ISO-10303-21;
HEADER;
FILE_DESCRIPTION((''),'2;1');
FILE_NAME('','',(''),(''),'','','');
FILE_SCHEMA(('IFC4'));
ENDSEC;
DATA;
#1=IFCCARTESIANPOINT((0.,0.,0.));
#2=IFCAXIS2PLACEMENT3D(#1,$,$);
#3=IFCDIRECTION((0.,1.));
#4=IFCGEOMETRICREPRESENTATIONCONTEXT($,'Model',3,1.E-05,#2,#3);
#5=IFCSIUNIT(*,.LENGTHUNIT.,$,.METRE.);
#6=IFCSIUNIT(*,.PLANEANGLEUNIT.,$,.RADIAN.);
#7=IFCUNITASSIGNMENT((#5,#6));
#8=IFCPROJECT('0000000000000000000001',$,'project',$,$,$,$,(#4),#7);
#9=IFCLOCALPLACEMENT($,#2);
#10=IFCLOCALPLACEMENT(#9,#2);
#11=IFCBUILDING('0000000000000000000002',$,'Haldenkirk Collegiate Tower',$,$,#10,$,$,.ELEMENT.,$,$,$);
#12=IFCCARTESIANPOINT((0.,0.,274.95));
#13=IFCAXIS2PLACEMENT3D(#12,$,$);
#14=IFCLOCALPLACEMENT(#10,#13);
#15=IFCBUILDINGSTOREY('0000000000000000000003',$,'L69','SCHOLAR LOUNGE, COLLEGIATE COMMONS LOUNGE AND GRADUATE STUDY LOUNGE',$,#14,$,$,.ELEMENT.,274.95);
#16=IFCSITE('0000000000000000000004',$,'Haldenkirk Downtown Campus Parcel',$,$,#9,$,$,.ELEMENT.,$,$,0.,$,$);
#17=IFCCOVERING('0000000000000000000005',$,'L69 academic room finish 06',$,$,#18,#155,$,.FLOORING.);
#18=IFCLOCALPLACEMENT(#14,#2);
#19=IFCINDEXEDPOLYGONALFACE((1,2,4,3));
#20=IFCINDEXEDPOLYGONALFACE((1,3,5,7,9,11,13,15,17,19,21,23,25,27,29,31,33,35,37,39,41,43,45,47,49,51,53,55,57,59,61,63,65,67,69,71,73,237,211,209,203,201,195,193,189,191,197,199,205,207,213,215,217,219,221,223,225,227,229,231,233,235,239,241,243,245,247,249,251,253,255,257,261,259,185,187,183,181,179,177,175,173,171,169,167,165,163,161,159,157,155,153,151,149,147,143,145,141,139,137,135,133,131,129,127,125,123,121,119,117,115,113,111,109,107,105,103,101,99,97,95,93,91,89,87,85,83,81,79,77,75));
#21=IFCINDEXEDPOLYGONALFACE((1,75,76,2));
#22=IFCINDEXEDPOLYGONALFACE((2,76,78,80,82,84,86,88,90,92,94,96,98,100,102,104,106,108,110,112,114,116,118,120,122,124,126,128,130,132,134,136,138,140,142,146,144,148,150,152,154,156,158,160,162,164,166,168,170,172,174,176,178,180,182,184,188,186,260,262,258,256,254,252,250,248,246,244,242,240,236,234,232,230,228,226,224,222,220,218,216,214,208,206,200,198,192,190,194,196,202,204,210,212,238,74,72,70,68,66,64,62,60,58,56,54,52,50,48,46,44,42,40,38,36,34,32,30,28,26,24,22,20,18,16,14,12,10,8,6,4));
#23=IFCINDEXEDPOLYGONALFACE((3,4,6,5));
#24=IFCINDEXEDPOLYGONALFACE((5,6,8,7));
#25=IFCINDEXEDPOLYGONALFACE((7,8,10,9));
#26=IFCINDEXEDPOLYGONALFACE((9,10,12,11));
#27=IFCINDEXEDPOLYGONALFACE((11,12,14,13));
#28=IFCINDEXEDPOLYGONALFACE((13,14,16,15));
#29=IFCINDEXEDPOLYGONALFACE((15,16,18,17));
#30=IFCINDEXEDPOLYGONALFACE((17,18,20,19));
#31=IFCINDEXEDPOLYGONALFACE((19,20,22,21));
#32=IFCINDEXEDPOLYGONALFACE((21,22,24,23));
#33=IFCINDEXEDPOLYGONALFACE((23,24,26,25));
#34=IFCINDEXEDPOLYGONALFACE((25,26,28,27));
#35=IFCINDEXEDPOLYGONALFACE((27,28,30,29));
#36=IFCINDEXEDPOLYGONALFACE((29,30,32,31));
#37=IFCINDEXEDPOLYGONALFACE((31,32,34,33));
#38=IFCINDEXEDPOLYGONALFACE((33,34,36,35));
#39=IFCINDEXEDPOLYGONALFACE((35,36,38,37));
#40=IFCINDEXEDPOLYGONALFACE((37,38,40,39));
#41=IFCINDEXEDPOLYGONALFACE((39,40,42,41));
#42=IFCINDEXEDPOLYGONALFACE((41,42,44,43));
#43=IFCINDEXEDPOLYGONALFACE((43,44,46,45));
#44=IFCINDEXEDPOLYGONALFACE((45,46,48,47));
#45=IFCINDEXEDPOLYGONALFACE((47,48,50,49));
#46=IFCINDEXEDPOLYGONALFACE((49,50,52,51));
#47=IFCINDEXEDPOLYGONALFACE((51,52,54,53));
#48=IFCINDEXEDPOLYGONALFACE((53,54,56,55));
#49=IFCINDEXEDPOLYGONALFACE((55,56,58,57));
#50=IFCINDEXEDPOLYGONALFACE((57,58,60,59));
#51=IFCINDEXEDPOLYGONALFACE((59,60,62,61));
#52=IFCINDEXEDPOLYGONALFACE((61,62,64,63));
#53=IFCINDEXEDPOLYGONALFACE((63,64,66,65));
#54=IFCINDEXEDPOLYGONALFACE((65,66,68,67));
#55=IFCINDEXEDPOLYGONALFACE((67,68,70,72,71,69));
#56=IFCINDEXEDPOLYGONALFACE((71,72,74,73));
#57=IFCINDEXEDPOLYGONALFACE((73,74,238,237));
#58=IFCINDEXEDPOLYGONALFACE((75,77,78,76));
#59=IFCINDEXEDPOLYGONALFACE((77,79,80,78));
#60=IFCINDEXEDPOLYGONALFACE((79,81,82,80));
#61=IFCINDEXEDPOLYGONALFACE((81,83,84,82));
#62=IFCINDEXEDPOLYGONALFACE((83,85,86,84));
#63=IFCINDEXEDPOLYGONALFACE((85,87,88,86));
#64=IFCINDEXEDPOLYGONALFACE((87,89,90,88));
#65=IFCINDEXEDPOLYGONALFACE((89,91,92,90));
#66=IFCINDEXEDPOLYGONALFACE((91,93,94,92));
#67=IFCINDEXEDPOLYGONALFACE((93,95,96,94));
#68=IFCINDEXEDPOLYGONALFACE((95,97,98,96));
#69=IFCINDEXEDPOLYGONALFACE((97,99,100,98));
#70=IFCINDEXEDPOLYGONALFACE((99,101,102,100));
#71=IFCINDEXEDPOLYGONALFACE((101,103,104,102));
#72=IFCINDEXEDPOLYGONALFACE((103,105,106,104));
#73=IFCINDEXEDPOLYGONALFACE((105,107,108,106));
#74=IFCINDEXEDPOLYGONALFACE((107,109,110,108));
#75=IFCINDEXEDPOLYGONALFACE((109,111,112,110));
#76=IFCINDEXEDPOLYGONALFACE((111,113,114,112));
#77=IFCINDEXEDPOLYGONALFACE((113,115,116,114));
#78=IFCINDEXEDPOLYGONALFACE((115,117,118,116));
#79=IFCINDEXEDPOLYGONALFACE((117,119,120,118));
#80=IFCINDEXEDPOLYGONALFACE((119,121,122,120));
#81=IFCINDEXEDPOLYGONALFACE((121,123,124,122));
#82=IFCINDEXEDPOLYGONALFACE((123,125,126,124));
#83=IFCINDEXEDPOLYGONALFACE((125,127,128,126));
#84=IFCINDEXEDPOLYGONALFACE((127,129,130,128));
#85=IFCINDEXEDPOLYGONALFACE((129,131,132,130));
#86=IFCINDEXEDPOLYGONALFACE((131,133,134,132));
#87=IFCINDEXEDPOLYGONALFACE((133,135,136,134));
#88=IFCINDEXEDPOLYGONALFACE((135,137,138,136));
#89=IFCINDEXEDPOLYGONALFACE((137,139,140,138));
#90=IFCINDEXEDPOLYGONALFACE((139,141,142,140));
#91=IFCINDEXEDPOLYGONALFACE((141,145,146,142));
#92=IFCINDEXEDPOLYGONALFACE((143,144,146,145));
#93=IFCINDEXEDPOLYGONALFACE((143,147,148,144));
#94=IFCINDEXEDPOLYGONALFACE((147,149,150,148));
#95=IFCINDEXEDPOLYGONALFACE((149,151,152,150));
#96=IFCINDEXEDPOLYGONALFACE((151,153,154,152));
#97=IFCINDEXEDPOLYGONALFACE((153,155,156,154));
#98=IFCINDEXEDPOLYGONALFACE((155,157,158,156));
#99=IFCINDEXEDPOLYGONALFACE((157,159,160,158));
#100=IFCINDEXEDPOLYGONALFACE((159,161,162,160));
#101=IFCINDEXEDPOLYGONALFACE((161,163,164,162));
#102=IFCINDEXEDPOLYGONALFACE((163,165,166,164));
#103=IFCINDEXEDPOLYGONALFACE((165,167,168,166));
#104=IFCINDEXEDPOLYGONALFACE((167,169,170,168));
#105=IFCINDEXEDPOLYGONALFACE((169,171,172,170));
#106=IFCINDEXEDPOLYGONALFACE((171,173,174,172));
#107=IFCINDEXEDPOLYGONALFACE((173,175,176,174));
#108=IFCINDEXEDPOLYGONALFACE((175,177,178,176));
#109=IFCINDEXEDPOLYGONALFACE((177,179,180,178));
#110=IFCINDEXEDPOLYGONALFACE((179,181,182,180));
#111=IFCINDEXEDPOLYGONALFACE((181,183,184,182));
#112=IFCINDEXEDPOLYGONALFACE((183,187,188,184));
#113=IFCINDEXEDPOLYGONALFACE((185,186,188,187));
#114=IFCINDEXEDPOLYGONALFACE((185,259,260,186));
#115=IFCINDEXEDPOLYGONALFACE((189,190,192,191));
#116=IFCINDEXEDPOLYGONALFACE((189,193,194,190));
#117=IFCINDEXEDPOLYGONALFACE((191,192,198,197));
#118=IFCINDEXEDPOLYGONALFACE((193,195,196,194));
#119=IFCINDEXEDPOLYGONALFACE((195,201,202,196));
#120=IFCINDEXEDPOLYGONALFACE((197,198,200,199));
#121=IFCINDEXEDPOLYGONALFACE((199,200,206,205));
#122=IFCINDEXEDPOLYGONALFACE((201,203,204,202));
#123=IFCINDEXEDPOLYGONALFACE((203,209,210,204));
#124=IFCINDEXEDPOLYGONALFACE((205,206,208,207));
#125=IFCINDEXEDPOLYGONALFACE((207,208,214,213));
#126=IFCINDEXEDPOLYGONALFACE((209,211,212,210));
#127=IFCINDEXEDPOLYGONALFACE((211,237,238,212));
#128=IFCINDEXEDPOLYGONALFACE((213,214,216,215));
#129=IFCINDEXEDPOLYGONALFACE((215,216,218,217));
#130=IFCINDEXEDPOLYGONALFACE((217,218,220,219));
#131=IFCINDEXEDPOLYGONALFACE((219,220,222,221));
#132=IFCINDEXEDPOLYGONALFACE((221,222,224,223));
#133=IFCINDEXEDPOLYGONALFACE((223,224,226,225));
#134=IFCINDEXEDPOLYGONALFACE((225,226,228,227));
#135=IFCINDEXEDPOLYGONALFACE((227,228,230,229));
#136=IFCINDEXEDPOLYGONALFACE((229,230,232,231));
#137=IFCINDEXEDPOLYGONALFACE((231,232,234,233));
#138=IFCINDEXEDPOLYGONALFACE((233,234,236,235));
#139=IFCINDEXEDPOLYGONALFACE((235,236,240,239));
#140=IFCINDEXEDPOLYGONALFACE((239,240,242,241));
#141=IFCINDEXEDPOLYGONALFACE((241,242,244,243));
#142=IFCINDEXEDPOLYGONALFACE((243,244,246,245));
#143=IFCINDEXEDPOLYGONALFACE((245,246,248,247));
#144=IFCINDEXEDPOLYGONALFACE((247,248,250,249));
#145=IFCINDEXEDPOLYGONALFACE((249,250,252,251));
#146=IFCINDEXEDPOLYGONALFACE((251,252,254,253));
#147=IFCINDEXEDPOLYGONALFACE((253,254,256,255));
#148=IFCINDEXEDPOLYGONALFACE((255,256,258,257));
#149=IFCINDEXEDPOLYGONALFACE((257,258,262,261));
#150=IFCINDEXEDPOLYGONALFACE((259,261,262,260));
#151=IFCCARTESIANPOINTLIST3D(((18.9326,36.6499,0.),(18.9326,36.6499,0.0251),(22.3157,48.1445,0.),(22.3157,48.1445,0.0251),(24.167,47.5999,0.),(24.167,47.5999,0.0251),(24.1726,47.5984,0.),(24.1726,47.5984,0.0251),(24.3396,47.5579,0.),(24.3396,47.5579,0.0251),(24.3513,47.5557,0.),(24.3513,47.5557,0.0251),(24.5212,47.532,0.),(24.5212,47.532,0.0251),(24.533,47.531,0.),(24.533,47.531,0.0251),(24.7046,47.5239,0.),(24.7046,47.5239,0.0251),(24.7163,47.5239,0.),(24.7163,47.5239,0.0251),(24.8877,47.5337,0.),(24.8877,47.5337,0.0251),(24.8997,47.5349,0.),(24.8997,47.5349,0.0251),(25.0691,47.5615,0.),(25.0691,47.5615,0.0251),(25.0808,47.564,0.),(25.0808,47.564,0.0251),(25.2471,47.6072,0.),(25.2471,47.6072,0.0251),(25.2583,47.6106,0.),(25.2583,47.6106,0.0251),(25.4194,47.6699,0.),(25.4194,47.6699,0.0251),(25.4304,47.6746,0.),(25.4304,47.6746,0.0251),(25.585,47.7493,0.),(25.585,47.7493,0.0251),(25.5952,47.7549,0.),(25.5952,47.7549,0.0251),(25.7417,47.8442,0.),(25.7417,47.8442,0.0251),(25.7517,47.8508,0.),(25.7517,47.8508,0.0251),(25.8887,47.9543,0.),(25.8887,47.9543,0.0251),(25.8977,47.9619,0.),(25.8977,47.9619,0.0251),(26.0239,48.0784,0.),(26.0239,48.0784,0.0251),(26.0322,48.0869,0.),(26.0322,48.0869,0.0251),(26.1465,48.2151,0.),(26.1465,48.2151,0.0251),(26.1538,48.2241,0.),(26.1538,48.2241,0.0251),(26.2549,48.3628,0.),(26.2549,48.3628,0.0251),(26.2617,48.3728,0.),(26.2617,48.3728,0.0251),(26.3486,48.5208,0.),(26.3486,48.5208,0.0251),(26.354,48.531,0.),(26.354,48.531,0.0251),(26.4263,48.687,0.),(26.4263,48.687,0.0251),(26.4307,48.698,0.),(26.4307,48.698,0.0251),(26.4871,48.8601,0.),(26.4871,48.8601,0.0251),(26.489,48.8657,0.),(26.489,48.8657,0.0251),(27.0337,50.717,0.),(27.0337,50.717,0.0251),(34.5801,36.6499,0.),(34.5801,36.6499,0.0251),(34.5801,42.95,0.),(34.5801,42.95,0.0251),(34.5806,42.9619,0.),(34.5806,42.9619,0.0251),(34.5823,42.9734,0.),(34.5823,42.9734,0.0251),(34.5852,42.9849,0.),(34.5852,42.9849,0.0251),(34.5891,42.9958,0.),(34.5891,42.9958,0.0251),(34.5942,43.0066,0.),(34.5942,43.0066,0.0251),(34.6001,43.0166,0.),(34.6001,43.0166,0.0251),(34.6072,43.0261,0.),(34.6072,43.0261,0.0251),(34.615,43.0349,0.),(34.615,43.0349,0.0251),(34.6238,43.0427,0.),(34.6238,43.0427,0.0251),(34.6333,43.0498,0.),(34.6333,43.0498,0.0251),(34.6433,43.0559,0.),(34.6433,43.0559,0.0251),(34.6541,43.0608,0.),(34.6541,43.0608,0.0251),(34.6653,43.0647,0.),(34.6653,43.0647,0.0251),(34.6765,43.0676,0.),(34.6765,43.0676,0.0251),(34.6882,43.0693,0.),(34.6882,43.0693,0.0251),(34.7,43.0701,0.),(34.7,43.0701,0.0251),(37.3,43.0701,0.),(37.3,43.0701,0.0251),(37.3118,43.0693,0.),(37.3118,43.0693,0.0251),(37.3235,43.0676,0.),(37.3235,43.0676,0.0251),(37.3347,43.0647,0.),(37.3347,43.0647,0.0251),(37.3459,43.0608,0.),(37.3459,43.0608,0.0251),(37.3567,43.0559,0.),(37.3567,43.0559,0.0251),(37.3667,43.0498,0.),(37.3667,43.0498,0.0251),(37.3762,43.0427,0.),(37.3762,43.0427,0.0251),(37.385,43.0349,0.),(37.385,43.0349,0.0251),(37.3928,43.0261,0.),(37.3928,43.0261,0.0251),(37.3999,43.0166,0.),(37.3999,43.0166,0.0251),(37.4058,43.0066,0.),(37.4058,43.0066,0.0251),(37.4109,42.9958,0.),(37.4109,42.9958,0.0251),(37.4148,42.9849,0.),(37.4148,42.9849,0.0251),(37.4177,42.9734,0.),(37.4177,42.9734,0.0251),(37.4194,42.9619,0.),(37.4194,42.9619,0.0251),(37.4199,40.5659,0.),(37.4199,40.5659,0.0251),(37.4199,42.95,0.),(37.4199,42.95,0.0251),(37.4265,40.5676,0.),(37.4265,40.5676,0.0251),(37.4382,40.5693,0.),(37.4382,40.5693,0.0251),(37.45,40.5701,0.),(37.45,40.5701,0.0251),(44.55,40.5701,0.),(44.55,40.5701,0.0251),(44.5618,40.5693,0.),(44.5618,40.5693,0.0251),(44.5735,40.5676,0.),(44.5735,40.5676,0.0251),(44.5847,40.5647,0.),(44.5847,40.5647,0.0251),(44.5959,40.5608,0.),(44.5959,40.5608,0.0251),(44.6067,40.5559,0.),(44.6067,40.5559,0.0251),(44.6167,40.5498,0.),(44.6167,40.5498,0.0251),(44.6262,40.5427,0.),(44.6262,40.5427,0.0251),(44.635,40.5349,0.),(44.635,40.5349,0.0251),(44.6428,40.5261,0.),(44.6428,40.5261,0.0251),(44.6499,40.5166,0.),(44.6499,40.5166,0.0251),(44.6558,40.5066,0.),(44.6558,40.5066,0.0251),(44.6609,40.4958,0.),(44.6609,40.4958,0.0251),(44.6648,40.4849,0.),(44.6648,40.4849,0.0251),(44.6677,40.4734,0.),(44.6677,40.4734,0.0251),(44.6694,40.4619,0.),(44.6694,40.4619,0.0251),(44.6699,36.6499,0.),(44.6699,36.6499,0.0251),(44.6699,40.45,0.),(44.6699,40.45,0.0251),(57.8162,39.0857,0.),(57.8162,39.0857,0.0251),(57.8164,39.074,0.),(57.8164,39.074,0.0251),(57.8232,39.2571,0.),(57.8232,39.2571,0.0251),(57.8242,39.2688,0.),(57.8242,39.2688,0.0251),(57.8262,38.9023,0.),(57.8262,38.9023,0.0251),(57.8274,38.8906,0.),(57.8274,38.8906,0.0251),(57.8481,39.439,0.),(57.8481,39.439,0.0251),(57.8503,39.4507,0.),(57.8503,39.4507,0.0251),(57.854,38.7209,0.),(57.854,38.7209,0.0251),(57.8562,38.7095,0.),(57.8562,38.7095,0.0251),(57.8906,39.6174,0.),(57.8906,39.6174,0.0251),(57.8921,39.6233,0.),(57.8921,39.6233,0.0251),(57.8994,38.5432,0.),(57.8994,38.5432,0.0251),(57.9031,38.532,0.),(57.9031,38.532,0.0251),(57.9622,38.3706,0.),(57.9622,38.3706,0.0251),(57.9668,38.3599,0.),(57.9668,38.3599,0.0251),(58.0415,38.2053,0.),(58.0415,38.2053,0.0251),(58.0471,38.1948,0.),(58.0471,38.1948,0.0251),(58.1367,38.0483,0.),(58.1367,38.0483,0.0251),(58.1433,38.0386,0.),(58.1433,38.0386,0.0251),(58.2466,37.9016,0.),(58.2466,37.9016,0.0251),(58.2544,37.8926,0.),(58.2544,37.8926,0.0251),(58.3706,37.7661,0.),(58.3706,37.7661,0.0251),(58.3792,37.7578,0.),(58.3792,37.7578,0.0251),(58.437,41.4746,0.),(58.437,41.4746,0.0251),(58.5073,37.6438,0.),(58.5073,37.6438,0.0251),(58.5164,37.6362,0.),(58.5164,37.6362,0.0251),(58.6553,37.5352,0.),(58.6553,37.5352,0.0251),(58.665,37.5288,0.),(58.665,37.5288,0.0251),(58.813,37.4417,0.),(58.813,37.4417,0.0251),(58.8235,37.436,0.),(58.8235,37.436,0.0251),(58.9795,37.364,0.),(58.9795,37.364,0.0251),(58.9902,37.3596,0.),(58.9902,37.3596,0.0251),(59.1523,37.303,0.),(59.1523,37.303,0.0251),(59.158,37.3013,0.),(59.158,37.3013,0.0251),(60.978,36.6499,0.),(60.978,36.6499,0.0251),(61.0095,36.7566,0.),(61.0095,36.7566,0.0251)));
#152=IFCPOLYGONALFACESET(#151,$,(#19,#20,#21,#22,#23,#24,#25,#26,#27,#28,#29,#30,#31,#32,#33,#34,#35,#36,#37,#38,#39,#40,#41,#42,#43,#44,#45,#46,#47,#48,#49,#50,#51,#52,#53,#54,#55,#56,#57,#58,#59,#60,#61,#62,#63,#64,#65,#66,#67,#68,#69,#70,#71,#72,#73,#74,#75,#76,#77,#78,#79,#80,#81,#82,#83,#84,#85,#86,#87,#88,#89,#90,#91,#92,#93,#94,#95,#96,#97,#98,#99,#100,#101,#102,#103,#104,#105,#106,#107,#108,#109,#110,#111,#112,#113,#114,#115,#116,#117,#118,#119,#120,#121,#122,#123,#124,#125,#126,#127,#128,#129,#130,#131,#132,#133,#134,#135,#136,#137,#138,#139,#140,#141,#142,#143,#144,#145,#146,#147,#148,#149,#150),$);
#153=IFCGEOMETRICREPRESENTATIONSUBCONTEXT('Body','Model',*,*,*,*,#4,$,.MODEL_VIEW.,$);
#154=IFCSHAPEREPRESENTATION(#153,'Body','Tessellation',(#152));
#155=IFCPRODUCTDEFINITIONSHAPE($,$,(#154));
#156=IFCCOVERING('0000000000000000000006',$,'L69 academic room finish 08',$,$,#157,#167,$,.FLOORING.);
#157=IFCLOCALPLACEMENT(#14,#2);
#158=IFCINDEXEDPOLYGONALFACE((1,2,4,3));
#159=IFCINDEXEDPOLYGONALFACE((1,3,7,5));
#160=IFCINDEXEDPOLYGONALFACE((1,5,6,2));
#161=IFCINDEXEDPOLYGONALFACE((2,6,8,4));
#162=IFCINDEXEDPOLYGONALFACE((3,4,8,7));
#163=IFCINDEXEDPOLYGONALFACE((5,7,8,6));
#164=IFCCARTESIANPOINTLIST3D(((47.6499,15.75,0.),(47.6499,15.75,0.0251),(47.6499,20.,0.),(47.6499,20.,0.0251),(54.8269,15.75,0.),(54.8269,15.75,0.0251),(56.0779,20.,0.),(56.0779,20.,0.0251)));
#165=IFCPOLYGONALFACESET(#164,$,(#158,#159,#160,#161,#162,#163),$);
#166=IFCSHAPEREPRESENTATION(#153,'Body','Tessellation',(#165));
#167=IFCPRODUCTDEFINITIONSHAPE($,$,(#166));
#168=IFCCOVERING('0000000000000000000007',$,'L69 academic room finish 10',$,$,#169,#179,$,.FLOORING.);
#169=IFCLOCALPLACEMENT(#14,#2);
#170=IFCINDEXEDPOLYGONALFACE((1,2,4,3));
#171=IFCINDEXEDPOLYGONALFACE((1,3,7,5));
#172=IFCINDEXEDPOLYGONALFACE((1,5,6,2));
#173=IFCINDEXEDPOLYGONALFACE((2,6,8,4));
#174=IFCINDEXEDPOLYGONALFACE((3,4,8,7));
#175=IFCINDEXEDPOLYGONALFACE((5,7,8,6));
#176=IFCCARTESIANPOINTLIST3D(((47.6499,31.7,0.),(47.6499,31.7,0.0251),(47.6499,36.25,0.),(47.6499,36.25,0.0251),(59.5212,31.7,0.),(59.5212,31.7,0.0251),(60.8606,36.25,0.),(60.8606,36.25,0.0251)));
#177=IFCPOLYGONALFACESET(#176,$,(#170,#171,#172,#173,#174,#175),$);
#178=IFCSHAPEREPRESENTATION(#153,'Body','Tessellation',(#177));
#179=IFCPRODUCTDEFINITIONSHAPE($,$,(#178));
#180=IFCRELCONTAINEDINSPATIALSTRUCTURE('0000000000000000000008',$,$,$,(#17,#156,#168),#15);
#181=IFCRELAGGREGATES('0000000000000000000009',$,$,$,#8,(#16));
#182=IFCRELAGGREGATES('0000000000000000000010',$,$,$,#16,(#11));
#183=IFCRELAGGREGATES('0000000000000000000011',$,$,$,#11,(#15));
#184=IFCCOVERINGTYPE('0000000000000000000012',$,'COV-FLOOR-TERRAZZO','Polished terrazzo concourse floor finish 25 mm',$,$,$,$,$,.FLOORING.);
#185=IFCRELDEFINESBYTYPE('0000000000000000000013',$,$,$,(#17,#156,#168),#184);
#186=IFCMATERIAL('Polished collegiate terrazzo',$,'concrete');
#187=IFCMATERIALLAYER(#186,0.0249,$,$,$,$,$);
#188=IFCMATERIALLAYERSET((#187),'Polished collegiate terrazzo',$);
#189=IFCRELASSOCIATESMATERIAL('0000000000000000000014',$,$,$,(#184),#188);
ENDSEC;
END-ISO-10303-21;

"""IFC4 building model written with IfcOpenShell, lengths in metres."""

from ifc_helpers import new_model, si_unit, direction, frame, origin, place, context, subcontext, project, spatial, polyline, outline, extrude, material, layer, layer_set, type_object, element, save


model = new_model("IFC4")

# Units and contexts
model_context = context("Model", 3, precision=1e-05, world=origin(), true_north=direction((0.0, 1.0)))
body_context = subcontext(model_context, "Body", "Model", "MODEL_VIEW")
ifc_project = project(units=[si_unit("LENGTHUNIT", "METRE"), si_unit("PLANEANGLEUNIT", "RADIAN")], contexts=[model_context])

# Site, building, storey
site_placement = place(None, origin())
site = spatial("IfcSite", under=ifc_project, at=site_placement, Name="Haldenkirk Downtown Campus Parcel", CompositionType="ELEMENT", RefElevation=0.0)
building_placement = place(site_placement, origin())
building = spatial("IfcBuilding", under=site, at=building_placement, Name="Haldenkirk Collegiate Tower", CompositionType="ELEMENT")
storey_placement = place(building_placement, frame((0.0, 0.0, 274.95)))
storey = spatial("IfcBuildingStorey", under=building, at=storey_placement, Name="L69", Description="SCHOLAR LOUNGE, COLLEGIATE COMMONS LOUNGE AND GRADUATE STUDY LOUNGE", CompositionType="ELEMENT", Elevation=274.95)

# Coverings
ifc_material_1 = material(Name="Polished collegiate terrazzo", Category="concrete")
ifc_layer_1 = layer(ifc_material_1, 0.0249)
ifc_layer_set_1 = layer_set([ifc_layer_1], Name="Polished collegiate terrazzo")
covering_type_1 = type_object("IfcCoveringType", Name="COV-FLOOR-TERRAZZO", Description="Polished terrazzo concourse floor finish 25 mm", PredefinedType="FLOORING", material=ifc_layer_set_1)
covering_1_placement = place(storey_placement, origin())
element("IfcCovering", 1, at=covering_1_placement, inside=storey, type_object=covering_type_1, Name="L69 academic room finish 06", PredefinedType="FLOORING", context=body_context, shape_type="SweptSolid", body=[
    extrude(outline(polyline([(24.167, 47.5999), (24.1726, 47.5984), (24.3396, 47.5579), (24.3513, 47.5557), (24.5212, 47.532), (24.533, 47.531), (24.7046, 47.5239), (24.7163, 47.5239), (24.8877, 47.5337), (24.8997, 47.5349), (25.0691, 47.5615), (25.0808, 47.564), (25.2471, 47.6072), (25.2583, 47.6106), (25.4194, 47.6699), (25.4304, 47.6746), (25.585, 47.7493), (25.5952, 47.7549), (25.7417, 47.8442), (25.7517, 47.8508), (25.8887, 47.9543), (25.8977, 47.9619), (26.0239, 48.0784), (26.0322, 48.0869), (26.1465, 48.2151), (26.1538, 48.2241), (26.2549, 48.3628), (26.2617, 48.3728), (26.3486, 48.5208), (26.354, 48.531), (26.4263, 48.687), (26.4307, 48.698), (26.4871, 48.8601), (26.489, 48.8657), (27.0337, 50.717), (58.437, 41.4746), (57.8921, 39.6233), (57.8906, 39.6174), (57.8503, 39.4507), (57.8481, 39.439), (57.8242, 39.2688), (57.8232, 39.2571), (57.8162, 39.0857), (57.8164, 39.074), (57.8262, 38.9023), (57.8274, 38.8906), (57.854, 38.7209), (57.8562, 38.7095), (57.8994, 38.5432), (57.9031, 38.532), (57.9622, 38.3706), (57.9668, 38.3599), (58.0415, 38.2053), (58.0471, 38.1948), (58.1367, 38.0483), (58.1433, 38.0386), (58.2466, 37.9016), (58.2544, 37.8926), (58.3706, 37.7661), (58.3792, 37.7578), (58.5073, 37.6438), (58.5164, 37.6362), (58.6553, 37.5352), (58.665, 37.5288), (58.813, 37.4417), (58.8235, 37.436), (58.9795, 37.364), (58.9902, 37.3596), (59.1523, 37.303), (59.158, 37.3013), (61.0095, 36.7566), (60.978, 36.6499), (44.6699, 36.6499), (44.6699, 40.45), (44.6694, 40.4619), (44.6677, 40.4734), (44.6648, 40.4849), (44.6609, 40.4958), (44.6558, 40.5066), (44.6499, 40.5166), (44.6428, 40.5261), (44.635, 40.5349), (44.6262, 40.5427), (44.6167, 40.5498), (44.6067, 40.5559), (44.5959, 40.5608), (44.5847, 40.5647), (44.5735, 40.5676), (44.5618, 40.5693), (44.55, 40.5701), (37.45, 40.5701), (37.4382, 40.5693), (37.4265, 40.5676), (37.4199, 40.5659), (37.4199, 42.95), (37.4194, 42.9619), (37.4177, 42.9734), (37.4148, 42.9849), (37.4109, 42.9958), (37.4058, 43.0066), (37.3999, 43.0166), (37.3928, 43.0261), (37.385, 43.0349), (37.3762, 43.0427), (37.3667, 43.0498), (37.3567, 43.0559), (37.3459, 43.0608), (37.3347, 43.0647), (37.3235, 43.0676), (37.3118, 43.0693), (37.3, 43.0701), (34.7, 43.0701), (34.6882, 43.0693), (34.6765, 43.0676), (34.6653, 43.0647), (34.6541, 43.0608), (34.6433, 43.0559), (34.6333, 43.0498), (34.6238, 43.0427), (34.615, 43.0349), (34.6072, 43.0261), (34.6001, 43.0166), (34.5942, 43.0066), (34.5891, 42.9958), (34.5852, 42.9849), (34.5823, 42.9734), (34.5806, 42.9619), (34.5801, 42.95), (34.5801, 36.6499), (18.9326, 36.6499), (22.3157, 48.1445), (24.167, 47.5999)])), origin(), (0.0, 0.0, 1.0), 0.0251),
])
covering_2_placement = place(storey_placement, origin())
element("IfcCovering", 2, at=covering_2_placement, inside=storey, type_object=covering_type_1, Name="L69 academic room finish 08", PredefinedType="FLOORING", context=body_context, shape_type="SweptSolid", body=[
    extrude(outline(polyline([(54.8269, 15.75), (47.6499, 15.75), (47.6499, 20.0), (56.0779, 20.0), (54.8269, 15.75)])), origin(), (0.0, 0.0, 1.0), 0.0251),
])
covering_3_placement = place(storey_placement, origin())
element("IfcCovering", 3, at=covering_3_placement, inside=storey, type_object=covering_type_1, Name="L69 academic room finish 10", PredefinedType="FLOORING", context=body_context, shape_type="SweptSolid", body=[
    extrude(outline(polyline([(59.5212, 31.7), (47.6499, 31.7), (47.6499, 36.25), (60.8606, 36.25), (59.5212, 31.7)])), origin(), (0.0, 0.0, 1.0), 0.0251),
])

save(model, "model.ifc")
